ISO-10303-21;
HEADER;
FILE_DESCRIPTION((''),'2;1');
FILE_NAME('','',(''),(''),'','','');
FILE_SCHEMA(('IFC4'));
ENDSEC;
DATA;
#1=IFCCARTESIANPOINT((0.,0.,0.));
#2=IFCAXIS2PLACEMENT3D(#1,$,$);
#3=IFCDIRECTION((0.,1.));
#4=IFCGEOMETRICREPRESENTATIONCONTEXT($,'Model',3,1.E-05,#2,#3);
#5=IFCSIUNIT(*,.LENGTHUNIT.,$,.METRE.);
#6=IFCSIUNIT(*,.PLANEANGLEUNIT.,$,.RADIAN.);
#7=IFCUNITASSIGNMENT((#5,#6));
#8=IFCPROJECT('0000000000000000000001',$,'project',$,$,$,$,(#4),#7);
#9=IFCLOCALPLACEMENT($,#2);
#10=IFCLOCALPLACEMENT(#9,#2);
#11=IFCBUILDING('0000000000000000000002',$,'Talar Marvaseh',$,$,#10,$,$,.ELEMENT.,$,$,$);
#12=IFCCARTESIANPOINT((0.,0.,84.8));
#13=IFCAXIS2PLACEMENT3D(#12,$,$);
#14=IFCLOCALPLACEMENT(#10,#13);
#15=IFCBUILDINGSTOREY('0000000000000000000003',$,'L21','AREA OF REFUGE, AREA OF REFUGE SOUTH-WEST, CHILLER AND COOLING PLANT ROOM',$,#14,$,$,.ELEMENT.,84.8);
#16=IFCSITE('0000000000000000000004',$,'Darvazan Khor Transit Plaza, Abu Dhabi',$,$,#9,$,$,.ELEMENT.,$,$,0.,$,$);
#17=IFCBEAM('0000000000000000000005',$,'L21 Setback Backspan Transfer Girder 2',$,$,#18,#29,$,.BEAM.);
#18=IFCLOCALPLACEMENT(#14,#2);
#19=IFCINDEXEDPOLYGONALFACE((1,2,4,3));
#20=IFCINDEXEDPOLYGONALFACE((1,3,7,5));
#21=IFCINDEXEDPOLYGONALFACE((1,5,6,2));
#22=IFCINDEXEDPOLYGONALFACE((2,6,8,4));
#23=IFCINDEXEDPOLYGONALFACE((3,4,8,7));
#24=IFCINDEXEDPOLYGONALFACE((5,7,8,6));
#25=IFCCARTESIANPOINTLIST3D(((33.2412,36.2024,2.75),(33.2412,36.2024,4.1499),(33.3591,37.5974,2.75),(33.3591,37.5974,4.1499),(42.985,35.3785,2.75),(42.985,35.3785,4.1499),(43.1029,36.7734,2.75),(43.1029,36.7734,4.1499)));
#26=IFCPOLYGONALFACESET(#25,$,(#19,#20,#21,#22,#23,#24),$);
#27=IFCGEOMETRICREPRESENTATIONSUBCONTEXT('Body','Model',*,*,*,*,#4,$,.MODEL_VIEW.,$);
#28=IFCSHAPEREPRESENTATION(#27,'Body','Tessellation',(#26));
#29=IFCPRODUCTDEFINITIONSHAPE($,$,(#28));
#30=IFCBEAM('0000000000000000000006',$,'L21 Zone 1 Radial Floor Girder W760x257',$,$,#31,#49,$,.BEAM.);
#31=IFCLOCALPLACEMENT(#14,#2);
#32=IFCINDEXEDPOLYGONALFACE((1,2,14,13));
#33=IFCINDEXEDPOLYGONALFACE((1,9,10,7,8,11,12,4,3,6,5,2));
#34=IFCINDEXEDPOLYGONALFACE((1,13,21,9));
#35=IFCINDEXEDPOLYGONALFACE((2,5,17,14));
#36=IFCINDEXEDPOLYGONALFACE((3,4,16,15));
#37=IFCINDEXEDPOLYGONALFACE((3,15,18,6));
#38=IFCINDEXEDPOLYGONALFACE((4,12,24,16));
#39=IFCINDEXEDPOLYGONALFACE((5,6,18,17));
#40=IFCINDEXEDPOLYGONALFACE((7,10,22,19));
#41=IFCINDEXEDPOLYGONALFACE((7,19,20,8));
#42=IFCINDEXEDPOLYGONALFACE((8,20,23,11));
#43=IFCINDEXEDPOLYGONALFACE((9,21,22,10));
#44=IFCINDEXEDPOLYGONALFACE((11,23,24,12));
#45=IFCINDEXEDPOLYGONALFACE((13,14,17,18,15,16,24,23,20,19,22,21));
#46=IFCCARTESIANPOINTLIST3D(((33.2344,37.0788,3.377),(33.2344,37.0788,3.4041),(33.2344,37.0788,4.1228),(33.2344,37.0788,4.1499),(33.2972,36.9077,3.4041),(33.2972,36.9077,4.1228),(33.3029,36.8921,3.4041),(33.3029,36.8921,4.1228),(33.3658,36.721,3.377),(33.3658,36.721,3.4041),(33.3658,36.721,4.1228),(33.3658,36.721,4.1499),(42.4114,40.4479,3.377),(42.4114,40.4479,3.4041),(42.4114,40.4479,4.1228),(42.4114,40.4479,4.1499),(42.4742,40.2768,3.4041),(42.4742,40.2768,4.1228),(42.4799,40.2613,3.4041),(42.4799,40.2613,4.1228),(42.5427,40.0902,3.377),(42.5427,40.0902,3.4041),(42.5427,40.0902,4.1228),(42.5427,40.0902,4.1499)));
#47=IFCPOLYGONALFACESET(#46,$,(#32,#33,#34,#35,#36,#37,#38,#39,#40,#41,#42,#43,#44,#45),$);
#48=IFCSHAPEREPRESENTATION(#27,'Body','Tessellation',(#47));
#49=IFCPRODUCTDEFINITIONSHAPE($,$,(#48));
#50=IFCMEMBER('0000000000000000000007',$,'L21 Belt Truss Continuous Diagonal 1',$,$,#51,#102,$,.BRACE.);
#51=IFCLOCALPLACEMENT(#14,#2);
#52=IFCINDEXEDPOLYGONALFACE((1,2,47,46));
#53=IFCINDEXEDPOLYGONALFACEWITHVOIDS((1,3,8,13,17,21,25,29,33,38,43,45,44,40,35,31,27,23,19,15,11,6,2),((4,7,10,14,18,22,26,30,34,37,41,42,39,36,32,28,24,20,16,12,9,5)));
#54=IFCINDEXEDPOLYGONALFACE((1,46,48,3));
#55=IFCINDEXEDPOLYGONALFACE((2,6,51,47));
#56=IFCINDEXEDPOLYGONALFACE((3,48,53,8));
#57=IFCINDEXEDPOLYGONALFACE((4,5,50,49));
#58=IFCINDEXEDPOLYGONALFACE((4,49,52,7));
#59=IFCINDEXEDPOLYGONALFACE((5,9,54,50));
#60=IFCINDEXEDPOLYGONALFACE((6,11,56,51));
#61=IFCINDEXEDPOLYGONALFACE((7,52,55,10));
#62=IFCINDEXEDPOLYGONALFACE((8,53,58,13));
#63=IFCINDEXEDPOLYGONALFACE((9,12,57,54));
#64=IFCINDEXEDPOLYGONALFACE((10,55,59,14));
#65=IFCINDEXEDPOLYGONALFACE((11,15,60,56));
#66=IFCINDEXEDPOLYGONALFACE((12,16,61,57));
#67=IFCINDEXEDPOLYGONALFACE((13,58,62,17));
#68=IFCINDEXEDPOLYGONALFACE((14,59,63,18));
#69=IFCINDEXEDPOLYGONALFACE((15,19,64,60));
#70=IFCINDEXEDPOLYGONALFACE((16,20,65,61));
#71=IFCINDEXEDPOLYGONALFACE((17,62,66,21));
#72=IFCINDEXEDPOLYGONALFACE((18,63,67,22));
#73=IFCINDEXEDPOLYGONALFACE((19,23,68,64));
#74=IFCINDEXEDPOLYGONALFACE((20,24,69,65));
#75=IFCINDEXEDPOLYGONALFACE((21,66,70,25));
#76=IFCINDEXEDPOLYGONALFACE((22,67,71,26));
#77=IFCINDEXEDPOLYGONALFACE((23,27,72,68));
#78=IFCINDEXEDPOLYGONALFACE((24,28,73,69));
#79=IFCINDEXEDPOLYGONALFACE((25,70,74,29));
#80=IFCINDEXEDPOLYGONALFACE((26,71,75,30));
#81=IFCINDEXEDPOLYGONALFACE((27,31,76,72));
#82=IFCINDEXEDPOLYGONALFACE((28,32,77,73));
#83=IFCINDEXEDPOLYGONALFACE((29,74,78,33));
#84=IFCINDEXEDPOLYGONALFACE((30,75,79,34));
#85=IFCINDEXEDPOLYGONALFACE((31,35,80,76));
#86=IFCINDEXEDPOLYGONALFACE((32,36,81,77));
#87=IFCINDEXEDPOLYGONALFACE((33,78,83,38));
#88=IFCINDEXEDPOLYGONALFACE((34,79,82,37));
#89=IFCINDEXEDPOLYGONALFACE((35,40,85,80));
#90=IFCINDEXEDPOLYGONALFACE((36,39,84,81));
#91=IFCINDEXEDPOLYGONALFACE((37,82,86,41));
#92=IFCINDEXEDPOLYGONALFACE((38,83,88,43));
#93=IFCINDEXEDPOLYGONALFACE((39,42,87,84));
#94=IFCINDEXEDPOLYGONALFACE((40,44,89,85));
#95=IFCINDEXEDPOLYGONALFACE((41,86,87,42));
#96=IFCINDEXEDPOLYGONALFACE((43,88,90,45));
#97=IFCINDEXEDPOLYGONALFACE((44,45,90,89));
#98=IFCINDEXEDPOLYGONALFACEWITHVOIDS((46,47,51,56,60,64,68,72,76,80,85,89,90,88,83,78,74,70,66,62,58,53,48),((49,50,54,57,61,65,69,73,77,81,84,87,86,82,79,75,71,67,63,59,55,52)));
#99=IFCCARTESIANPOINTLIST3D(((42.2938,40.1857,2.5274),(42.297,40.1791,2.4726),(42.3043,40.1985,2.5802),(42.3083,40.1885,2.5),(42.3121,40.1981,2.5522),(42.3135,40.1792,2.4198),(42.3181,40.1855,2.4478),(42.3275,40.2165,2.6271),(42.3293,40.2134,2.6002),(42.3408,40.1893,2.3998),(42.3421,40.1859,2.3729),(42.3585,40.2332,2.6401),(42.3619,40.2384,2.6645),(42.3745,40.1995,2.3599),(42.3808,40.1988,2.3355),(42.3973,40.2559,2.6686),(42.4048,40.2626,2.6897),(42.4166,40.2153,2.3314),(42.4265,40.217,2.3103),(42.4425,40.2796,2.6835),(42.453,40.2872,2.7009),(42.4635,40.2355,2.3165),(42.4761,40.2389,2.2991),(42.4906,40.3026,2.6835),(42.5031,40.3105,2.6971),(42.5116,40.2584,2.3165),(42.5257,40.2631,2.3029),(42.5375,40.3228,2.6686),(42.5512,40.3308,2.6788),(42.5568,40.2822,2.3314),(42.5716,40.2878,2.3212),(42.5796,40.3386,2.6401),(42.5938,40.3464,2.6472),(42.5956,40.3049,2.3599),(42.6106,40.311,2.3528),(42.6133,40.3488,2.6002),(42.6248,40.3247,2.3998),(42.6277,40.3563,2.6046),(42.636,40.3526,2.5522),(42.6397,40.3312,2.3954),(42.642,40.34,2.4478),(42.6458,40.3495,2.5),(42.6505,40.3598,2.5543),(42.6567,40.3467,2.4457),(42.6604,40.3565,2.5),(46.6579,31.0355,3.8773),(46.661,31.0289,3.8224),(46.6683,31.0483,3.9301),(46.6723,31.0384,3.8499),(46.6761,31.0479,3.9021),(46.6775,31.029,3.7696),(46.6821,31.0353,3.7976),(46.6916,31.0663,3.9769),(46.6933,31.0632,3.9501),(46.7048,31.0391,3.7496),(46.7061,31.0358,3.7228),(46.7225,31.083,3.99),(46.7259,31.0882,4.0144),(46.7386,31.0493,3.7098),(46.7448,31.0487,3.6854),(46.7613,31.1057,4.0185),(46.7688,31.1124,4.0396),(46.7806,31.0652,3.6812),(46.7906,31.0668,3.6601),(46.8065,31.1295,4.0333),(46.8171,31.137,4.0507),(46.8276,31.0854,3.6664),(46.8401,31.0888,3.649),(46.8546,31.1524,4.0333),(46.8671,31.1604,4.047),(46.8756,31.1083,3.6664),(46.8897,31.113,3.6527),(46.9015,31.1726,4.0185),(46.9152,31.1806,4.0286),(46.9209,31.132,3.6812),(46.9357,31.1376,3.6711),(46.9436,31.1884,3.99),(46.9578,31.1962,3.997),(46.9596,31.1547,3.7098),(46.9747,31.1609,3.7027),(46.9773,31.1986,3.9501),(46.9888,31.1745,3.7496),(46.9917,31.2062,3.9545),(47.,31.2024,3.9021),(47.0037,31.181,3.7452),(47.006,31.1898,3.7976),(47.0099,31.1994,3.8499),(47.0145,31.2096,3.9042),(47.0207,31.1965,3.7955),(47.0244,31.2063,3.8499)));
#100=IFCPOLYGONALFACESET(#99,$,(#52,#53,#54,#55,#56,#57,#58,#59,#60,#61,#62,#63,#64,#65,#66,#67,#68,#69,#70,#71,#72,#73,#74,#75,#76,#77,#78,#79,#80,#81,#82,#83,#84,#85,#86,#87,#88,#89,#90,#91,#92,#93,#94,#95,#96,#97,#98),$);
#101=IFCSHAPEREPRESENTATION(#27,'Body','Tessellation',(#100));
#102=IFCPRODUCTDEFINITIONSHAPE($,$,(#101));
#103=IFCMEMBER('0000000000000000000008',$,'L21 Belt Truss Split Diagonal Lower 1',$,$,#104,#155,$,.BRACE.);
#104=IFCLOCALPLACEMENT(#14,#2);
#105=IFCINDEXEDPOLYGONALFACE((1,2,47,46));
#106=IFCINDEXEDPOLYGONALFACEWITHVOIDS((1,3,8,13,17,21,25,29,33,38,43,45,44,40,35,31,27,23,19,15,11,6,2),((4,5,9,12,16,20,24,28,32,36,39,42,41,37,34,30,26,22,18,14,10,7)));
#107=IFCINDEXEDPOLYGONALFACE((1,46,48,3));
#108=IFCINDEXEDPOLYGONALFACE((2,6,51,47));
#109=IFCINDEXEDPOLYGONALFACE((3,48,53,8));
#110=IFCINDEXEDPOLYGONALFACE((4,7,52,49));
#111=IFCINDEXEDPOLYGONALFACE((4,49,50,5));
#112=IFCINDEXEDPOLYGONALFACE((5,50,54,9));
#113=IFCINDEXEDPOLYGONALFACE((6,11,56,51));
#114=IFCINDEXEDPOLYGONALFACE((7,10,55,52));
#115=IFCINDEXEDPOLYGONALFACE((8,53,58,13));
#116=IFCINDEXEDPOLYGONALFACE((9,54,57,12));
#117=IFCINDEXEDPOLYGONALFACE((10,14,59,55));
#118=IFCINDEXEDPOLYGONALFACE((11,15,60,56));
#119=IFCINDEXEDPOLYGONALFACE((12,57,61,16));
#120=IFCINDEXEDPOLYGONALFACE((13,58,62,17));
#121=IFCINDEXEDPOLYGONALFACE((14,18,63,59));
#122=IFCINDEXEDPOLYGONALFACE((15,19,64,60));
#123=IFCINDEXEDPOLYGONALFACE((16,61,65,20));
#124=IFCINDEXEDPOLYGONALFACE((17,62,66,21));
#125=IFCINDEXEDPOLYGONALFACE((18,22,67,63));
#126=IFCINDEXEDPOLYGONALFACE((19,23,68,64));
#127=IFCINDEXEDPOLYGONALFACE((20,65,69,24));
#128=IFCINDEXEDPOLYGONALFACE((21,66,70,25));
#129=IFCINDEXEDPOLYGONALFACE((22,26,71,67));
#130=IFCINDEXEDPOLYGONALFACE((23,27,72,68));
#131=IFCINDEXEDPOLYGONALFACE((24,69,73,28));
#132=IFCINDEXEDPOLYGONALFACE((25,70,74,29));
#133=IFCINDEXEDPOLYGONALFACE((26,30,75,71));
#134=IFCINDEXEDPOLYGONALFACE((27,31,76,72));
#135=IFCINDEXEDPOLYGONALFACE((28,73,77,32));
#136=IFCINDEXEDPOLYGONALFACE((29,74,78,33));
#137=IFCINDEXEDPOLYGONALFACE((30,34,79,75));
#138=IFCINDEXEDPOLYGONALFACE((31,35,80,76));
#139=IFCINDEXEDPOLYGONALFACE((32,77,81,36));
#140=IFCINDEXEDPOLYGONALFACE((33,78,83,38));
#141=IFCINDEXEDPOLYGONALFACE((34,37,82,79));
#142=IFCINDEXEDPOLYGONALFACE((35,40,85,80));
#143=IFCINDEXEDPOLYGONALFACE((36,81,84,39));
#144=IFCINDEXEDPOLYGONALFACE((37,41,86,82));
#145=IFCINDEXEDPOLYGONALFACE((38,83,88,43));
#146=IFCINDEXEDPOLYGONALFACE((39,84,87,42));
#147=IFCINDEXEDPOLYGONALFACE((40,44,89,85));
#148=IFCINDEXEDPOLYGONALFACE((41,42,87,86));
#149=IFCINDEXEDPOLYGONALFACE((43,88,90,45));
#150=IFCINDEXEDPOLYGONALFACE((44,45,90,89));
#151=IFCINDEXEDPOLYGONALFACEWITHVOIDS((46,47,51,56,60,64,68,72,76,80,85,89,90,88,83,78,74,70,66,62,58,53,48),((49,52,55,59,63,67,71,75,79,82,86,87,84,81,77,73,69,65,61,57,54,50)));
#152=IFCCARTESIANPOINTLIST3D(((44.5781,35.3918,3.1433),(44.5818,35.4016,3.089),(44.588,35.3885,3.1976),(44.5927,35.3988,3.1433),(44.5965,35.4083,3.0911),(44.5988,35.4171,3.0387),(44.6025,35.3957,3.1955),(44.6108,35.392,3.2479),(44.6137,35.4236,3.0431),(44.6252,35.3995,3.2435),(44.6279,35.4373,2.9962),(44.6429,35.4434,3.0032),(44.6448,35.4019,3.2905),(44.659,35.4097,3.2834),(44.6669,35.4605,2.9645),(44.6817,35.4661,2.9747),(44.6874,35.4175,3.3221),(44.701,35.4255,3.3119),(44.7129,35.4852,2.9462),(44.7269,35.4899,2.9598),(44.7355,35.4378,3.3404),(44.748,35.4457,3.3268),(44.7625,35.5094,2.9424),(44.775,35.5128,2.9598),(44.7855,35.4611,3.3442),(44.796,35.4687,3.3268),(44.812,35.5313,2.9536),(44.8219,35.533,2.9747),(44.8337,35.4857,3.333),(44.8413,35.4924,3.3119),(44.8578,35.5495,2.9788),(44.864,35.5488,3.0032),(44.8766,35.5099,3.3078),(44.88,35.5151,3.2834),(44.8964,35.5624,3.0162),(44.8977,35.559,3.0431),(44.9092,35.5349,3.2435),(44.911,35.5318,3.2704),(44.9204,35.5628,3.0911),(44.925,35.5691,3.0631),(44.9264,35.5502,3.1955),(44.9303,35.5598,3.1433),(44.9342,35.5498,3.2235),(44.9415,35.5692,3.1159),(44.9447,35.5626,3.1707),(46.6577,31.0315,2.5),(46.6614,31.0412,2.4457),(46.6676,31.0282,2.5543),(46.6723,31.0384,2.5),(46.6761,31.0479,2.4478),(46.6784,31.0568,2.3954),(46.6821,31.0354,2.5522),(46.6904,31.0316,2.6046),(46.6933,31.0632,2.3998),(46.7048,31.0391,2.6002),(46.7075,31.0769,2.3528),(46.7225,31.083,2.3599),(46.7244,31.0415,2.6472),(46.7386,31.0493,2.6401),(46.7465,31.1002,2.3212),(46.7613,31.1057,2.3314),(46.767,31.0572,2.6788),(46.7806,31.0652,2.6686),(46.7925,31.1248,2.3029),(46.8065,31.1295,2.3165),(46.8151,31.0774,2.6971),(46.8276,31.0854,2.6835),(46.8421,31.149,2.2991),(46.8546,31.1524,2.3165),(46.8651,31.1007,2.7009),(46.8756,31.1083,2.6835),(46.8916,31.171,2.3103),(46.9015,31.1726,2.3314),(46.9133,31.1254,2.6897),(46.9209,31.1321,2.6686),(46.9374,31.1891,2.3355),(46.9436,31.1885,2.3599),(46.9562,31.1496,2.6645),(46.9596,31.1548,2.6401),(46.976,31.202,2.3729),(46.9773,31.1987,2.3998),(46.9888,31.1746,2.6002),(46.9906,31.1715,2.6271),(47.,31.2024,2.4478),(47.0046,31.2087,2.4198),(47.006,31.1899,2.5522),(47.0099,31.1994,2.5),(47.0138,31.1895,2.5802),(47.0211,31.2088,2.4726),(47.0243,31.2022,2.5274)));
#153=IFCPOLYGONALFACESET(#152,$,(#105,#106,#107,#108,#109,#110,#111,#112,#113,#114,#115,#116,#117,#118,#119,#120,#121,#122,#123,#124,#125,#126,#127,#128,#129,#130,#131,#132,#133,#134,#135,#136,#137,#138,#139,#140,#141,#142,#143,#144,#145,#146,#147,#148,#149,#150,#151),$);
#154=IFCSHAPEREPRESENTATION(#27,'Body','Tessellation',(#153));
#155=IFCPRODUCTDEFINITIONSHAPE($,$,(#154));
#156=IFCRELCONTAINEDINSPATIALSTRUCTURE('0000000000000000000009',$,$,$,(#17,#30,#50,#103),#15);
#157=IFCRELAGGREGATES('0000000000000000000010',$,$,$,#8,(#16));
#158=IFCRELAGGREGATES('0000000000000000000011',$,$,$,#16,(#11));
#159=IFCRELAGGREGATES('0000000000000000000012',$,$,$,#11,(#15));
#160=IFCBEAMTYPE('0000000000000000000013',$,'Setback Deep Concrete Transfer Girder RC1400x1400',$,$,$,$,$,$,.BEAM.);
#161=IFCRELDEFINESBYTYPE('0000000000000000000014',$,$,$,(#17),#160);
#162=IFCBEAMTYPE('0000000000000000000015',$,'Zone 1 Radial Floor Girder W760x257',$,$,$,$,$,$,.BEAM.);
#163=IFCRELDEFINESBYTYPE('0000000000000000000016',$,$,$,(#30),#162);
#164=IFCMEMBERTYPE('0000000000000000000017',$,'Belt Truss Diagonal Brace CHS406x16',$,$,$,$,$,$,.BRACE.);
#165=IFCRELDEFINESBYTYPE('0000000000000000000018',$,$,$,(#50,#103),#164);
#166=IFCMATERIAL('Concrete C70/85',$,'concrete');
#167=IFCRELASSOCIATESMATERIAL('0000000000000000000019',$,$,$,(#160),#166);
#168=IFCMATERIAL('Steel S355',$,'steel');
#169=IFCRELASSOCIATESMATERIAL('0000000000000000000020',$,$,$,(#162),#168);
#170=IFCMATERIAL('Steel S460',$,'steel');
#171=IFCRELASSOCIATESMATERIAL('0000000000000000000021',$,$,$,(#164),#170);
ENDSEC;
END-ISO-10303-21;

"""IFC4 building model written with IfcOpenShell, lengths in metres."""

from ifc_helpers import new_model, si_unit, direction, frame, origin, origin_2d, place, context, subcontext, project, spatial, rectangle, hollow_circle, i_section, extrude, source, transform, mapped, material, material_profile, profile_set, type_object, element, save


model = new_model("IFC4")

# Units and contexts
model_context = context("Model", 3, precision=1e-05, world=origin(), true_north=direction((0.0, 1.0)))
body_context = subcontext(model_context, "Body", "Model", "MODEL_VIEW")
ifc_project = project(units=[si_unit("LENGTHUNIT", "METRE"), si_unit("PLANEANGLEUNIT", "RADIAN")], contexts=[model_context])

# Site, building, storey
site_placement = place(None, origin())
site = spatial("IfcSite", under=ifc_project, at=site_placement, Name="Darvazan Khor Transit Plaza, Abu Dhabi", CompositionType="ELEMENT", RefElevation=0.0)
building_placement = place(site_placement, origin())
building = spatial("IfcBuilding", under=site, at=building_placement, Name="Talar Marvaseh", CompositionType="ELEMENT")
storey_placement = place(building_placement, frame((0.0, 0.0, 84.8)))
storey = spatial("IfcBuildingStorey", under=building, at=storey_placement, Name="L21", Description="AREA OF REFUGE, AREA OF REFUGE SOUTH-WEST, CHILLER AND COOLING PLANT ROOM", CompositionType="ELEMENT", Elevation=84.8)

# Beams
ifc_material_1 = material(Name="Concrete C70/85", Category="concrete")
ifc_material_profile_1 = material_profile(ifc_material_1, rectangle(XDim=1.3999, YDim=1.3999, at=origin_2d()), Name="RC1400x1400")
ifc_profile_set_1 = profile_set([ifc_material_profile_1], Name="Concrete C70/85")
beam_type_1 = type_object("IfcBeamType", Name="Setback Deep Concrete Transfer Girder RC1400x1400", PredefinedType="BEAM", material=ifc_profile_set_1)
beam_1_placement = place(storey_placement, frame((43.0439, 36.0759, 3.45), z_axis=(-0.996444, 0.084262, 0.0), x_axis=(-0.084262, -0.996444, 0.0)))
element("IfcBeam", 1, at=beam_1_placement, inside=storey, type_object=beam_type_1, Name="L21 Setback Backspan Transfer Girder 2", PredefinedType="BEAM", context=body_context, shape_type="SweptSolid", body=[
    extrude(rectangle(XDim=1.3999, YDim=1.3999, at=origin_2d()), origin(), (0.0, 0.0, 1.0), 9.7786),
])
ifc_material_2 = material(Name="Steel S355", Category="steel")
ifc_material_profile_2 = material_profile(ifc_material_2, i_section(OverallWidth=0.3811, OverallDepth=0.7729, WebThickness=0.0166, FlangeThickness=0.0271, at=origin_2d()), Name="W760x257")
ifc_profile_set_2 = profile_set([ifc_material_profile_2], Name="Steel S355")
beam_type_2 = type_object("IfcBeamType", Name="Zone 1 Radial Floor Girder W760x257", PredefinedType="BEAM", material=ifc_profile_set_2)
beam_2_placement = place(storey_placement, frame((42.4771, 40.269, 3.7634), z_axis=(-0.938736, -0.344637, 0.0), x_axis=(0.344637, -0.938736, 0.0)))
element("IfcBeam", 2, at=beam_2_placement, inside=storey, type_object=beam_type_2, Name="L21 Zone 1 Radial Floor Girder W760x257", PredefinedType="BEAM", context=body_context, shape_type="SweptSolid", body=[
    extrude(i_section(OverallWidth=0.3811, OverallDepth=0.7729, WebThickness=0.0166, FlangeThickness=0.0271, at=origin_2d()), origin(), (0.0, 0.0, 1.0), 9.7759),
])

# Members
ifc_material_3 = material(Name="Steel S460", Category="steel")
ifc_material_profile_3 = material_profile(ifc_material_3, hollow_circle(Radius=0.2031, WallThickness=0.0161, at=origin_2d()), Name="CHS406x16")
ifc_profile_set_3 = profile_set([ifc_material_profile_3], Name="Steel S460")
member_type_1 = type_object("IfcMemberType", Name="Belt Truss Diagonal Brace CHS406x16", PredefinedType="BRACE", material=ifc_profile_set_3)
shared_shape_1 = source(origin(), body_context, "Body", "SweptSolid", [
    extrude(hollow_circle(Radius=0.2031, WallThickness=0.0161, at=origin_2d()), origin(), (0.0, 0.0, 1.0), 10.2271),
])
member_1_placement = place(storey_placement, frame((42.4771, 40.269, 2.5), z_axis=(0.426714, -0.894703, 0.131989), x_axis=(0.9026, 0.43048, 0.0)))
element("IfcMember", 3, at=member_1_placement, inside=storey, type_object=member_type_1, Name="L21 Belt Truss Continuous Diagonal 1", PredefinedType="BRACE", context=body_context, shape_type="MappedRepresentation", body=[
    mapped(shared_shape_1, transform((0.0, 0.0, 0.0), x_axis=(1.0, 0.0, 0.0), y_axis=(0.0, 1.0, 0.0), z_axis=(0.0, 0.0, 1.0), scale=1.0)),
])
shared_shape_2 = source(origin(), body_context, "Body", "SweptSolid", [
    extrude(hollow_circle(Radius=0.2031, WallThickness=0.0161, at=origin_2d()), origin(), (0.0, 0.0, 1.0), 4.8735),
])
for number, where, z_axis, x_axis, name in (
    (4, (46.8411, 31.1189, 2.5), (-0.426712, 0.894703, 0.132001), (-0.902601, -0.430479, 0.0), "L21 Belt Truss Split Diagonal Lower 1"),
):
    element("IfcMember", number, at=place(storey_placement, frame(where, z_axis=z_axis, x_axis=x_axis)), inside=storey, type_object=member_type_1, Name=name, PredefinedType="BRACE", context=body_context, shape_type="MappedRepresentation", body=[
        mapped(shared_shape_2, transform((0.0, 0.0, 0.0), x_axis=(1.0, 0.0, 0.0), y_axis=(0.0, 1.0, 0.0), z_axis=(0.0, 0.0, 1.0), scale=1.0)),
    ])

save(model, "model.ifc")
